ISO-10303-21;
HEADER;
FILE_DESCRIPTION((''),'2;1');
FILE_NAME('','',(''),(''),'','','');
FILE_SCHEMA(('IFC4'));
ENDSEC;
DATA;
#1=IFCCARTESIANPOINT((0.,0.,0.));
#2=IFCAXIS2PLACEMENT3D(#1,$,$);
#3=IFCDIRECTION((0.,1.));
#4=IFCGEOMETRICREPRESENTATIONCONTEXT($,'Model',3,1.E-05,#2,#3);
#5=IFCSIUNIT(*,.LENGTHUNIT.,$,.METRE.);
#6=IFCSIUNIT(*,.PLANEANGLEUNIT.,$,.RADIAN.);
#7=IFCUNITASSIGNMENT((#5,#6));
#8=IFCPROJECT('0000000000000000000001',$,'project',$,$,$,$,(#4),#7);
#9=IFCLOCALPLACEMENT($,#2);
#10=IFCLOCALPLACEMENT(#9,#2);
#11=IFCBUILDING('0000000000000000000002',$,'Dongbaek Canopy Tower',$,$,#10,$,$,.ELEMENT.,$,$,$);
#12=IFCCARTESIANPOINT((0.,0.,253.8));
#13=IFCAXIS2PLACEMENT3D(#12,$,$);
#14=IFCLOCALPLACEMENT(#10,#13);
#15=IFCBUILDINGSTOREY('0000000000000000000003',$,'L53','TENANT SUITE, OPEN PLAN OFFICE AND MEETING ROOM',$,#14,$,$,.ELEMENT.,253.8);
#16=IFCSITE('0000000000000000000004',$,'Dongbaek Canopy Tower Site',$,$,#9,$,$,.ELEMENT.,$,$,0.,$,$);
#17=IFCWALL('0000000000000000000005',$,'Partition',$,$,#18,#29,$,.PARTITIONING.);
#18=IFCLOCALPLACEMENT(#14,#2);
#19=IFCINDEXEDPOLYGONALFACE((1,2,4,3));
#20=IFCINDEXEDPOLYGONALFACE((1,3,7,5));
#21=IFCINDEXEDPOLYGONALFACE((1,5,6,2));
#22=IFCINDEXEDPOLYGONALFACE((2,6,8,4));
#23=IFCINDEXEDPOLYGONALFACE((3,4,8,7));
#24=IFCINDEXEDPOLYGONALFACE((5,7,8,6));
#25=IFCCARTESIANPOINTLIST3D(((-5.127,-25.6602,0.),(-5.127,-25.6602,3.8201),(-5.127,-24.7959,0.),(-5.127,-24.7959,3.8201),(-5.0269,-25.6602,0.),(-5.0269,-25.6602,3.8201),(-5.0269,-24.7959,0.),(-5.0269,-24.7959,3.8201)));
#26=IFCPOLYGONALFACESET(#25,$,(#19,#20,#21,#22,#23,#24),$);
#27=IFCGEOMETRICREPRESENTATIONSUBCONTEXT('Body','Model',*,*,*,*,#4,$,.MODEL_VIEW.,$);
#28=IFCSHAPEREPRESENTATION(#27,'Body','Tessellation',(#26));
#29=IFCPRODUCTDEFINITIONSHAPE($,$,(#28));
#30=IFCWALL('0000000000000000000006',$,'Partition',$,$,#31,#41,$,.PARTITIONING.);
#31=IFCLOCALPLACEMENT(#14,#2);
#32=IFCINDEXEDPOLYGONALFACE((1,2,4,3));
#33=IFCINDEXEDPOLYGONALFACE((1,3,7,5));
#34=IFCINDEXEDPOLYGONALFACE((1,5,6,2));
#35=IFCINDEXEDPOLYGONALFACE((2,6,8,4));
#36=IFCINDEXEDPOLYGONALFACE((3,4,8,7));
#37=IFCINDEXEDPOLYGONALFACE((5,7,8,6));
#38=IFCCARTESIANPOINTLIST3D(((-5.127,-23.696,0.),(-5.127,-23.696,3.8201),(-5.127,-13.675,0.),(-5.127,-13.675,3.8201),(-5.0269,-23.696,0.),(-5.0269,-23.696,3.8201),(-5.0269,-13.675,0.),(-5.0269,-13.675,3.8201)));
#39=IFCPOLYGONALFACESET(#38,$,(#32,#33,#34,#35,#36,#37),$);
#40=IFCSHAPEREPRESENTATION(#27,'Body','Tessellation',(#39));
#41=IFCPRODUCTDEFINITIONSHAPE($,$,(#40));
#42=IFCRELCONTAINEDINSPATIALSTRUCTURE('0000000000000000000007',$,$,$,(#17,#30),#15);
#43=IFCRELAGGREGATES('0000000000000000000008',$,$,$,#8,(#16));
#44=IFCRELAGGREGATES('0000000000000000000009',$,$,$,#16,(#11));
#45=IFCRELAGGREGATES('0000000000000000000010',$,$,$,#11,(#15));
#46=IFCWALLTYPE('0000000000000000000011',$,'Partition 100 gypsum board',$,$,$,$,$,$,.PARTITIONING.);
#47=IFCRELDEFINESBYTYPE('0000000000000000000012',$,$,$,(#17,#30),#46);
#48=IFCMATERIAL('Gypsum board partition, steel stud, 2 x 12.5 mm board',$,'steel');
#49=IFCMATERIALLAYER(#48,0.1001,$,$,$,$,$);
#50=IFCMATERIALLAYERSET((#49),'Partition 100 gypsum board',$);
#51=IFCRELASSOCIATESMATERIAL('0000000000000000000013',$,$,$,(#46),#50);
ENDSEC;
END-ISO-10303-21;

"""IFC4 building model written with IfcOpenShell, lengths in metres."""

from ifc_helpers import new_model, si_unit, direction, frame, frame_2d, origin, place, context, subcontext, project, spatial, rectangle, extrude, material, layer, layer_set, type_object, element, save


model = new_model("IFC4")

# Units and contexts
model_context = context("Model", 3, precision=1e-05, world=origin(), true_north=direction((0.0, 1.0)))
body_context = subcontext(model_context, "Body", "Model", "MODEL_VIEW")
ifc_project = project(units=[si_unit("LENGTHUNIT", "METRE"), si_unit("PLANEANGLEUNIT", "RADIAN")], contexts=[model_context])

# Site, building, storey
site_placement = place(None, origin())
site = spatial("IfcSite", under=ifc_project, at=site_placement, Name="Dongbaek Canopy Tower Site", CompositionType="ELEMENT", RefElevation=0.0)
building_placement = place(site_placement, origin())
building = spatial("IfcBuilding", under=site, at=building_placement, Name="Dongbaek Canopy Tower", CompositionType="ELEMENT")
storey_placement = place(building_placement, frame((0.0, 0.0, 253.8)))
storey = spatial("IfcBuildingStorey", under=building, at=storey_placement, Name="L53", Description="TENANT SUITE, OPEN PLAN OFFICE AND MEETING ROOM", CompositionType="ELEMENT", Elevation=253.8)

# Walls
ifc_material_1 = material(Name="Gypsum board partition, steel stud, 2 x 12.5 mm board", Category="steel")
ifc_layer_1 = layer(ifc_material_1, 0.1001)
ifc_layer_set_1 = layer_set([ifc_layer_1], Name="Partition 100 gypsum board")
wall_type_1 = type_object("IfcWallType", Name="Partition 100 gypsum board", PredefinedType="PARTITIONING", material=ifc_layer_set_1)
wall_1_placement = place(storey_placement, frame((-5.0769, -25.6602, 0.0), z_axis=(0.0, 0.0, 1.0), x_axis=(0.0, 1.0, 0.0)))
element("IfcWall", 1, at=wall_1_placement, inside=storey, type_object=wall_type_1, Name="Partition", PredefinedType="PARTITIONING", context=body_context, shape_type="SweptSolid", body=[
    extrude(rectangle(XDim=0.8643, YDim=0.1001, at=frame_2d((0.4321, 0.0))), origin(), (0.0, 0.0, 1.0), 3.8201),
])
wall_2_placement = place(storey_placement, frame((-5.0769, -23.696, 0.0), z_axis=(0.0, 0.0, 1.0), x_axis=(0.0, 1.0, 0.0)))
element("IfcWall", 2, at=wall_2_placement, inside=storey, type_object=wall_type_1, Name="Partition", PredefinedType="PARTITIONING", context=body_context, shape_type="SweptSolid", body=[
    extrude(rectangle(XDim=10.021, YDim=0.1001, at=frame_2d((5.0105, 0.0))), origin(), (0.0, 0.0, 1.0), 3.8201),
])

save(model, "model.ifc")
